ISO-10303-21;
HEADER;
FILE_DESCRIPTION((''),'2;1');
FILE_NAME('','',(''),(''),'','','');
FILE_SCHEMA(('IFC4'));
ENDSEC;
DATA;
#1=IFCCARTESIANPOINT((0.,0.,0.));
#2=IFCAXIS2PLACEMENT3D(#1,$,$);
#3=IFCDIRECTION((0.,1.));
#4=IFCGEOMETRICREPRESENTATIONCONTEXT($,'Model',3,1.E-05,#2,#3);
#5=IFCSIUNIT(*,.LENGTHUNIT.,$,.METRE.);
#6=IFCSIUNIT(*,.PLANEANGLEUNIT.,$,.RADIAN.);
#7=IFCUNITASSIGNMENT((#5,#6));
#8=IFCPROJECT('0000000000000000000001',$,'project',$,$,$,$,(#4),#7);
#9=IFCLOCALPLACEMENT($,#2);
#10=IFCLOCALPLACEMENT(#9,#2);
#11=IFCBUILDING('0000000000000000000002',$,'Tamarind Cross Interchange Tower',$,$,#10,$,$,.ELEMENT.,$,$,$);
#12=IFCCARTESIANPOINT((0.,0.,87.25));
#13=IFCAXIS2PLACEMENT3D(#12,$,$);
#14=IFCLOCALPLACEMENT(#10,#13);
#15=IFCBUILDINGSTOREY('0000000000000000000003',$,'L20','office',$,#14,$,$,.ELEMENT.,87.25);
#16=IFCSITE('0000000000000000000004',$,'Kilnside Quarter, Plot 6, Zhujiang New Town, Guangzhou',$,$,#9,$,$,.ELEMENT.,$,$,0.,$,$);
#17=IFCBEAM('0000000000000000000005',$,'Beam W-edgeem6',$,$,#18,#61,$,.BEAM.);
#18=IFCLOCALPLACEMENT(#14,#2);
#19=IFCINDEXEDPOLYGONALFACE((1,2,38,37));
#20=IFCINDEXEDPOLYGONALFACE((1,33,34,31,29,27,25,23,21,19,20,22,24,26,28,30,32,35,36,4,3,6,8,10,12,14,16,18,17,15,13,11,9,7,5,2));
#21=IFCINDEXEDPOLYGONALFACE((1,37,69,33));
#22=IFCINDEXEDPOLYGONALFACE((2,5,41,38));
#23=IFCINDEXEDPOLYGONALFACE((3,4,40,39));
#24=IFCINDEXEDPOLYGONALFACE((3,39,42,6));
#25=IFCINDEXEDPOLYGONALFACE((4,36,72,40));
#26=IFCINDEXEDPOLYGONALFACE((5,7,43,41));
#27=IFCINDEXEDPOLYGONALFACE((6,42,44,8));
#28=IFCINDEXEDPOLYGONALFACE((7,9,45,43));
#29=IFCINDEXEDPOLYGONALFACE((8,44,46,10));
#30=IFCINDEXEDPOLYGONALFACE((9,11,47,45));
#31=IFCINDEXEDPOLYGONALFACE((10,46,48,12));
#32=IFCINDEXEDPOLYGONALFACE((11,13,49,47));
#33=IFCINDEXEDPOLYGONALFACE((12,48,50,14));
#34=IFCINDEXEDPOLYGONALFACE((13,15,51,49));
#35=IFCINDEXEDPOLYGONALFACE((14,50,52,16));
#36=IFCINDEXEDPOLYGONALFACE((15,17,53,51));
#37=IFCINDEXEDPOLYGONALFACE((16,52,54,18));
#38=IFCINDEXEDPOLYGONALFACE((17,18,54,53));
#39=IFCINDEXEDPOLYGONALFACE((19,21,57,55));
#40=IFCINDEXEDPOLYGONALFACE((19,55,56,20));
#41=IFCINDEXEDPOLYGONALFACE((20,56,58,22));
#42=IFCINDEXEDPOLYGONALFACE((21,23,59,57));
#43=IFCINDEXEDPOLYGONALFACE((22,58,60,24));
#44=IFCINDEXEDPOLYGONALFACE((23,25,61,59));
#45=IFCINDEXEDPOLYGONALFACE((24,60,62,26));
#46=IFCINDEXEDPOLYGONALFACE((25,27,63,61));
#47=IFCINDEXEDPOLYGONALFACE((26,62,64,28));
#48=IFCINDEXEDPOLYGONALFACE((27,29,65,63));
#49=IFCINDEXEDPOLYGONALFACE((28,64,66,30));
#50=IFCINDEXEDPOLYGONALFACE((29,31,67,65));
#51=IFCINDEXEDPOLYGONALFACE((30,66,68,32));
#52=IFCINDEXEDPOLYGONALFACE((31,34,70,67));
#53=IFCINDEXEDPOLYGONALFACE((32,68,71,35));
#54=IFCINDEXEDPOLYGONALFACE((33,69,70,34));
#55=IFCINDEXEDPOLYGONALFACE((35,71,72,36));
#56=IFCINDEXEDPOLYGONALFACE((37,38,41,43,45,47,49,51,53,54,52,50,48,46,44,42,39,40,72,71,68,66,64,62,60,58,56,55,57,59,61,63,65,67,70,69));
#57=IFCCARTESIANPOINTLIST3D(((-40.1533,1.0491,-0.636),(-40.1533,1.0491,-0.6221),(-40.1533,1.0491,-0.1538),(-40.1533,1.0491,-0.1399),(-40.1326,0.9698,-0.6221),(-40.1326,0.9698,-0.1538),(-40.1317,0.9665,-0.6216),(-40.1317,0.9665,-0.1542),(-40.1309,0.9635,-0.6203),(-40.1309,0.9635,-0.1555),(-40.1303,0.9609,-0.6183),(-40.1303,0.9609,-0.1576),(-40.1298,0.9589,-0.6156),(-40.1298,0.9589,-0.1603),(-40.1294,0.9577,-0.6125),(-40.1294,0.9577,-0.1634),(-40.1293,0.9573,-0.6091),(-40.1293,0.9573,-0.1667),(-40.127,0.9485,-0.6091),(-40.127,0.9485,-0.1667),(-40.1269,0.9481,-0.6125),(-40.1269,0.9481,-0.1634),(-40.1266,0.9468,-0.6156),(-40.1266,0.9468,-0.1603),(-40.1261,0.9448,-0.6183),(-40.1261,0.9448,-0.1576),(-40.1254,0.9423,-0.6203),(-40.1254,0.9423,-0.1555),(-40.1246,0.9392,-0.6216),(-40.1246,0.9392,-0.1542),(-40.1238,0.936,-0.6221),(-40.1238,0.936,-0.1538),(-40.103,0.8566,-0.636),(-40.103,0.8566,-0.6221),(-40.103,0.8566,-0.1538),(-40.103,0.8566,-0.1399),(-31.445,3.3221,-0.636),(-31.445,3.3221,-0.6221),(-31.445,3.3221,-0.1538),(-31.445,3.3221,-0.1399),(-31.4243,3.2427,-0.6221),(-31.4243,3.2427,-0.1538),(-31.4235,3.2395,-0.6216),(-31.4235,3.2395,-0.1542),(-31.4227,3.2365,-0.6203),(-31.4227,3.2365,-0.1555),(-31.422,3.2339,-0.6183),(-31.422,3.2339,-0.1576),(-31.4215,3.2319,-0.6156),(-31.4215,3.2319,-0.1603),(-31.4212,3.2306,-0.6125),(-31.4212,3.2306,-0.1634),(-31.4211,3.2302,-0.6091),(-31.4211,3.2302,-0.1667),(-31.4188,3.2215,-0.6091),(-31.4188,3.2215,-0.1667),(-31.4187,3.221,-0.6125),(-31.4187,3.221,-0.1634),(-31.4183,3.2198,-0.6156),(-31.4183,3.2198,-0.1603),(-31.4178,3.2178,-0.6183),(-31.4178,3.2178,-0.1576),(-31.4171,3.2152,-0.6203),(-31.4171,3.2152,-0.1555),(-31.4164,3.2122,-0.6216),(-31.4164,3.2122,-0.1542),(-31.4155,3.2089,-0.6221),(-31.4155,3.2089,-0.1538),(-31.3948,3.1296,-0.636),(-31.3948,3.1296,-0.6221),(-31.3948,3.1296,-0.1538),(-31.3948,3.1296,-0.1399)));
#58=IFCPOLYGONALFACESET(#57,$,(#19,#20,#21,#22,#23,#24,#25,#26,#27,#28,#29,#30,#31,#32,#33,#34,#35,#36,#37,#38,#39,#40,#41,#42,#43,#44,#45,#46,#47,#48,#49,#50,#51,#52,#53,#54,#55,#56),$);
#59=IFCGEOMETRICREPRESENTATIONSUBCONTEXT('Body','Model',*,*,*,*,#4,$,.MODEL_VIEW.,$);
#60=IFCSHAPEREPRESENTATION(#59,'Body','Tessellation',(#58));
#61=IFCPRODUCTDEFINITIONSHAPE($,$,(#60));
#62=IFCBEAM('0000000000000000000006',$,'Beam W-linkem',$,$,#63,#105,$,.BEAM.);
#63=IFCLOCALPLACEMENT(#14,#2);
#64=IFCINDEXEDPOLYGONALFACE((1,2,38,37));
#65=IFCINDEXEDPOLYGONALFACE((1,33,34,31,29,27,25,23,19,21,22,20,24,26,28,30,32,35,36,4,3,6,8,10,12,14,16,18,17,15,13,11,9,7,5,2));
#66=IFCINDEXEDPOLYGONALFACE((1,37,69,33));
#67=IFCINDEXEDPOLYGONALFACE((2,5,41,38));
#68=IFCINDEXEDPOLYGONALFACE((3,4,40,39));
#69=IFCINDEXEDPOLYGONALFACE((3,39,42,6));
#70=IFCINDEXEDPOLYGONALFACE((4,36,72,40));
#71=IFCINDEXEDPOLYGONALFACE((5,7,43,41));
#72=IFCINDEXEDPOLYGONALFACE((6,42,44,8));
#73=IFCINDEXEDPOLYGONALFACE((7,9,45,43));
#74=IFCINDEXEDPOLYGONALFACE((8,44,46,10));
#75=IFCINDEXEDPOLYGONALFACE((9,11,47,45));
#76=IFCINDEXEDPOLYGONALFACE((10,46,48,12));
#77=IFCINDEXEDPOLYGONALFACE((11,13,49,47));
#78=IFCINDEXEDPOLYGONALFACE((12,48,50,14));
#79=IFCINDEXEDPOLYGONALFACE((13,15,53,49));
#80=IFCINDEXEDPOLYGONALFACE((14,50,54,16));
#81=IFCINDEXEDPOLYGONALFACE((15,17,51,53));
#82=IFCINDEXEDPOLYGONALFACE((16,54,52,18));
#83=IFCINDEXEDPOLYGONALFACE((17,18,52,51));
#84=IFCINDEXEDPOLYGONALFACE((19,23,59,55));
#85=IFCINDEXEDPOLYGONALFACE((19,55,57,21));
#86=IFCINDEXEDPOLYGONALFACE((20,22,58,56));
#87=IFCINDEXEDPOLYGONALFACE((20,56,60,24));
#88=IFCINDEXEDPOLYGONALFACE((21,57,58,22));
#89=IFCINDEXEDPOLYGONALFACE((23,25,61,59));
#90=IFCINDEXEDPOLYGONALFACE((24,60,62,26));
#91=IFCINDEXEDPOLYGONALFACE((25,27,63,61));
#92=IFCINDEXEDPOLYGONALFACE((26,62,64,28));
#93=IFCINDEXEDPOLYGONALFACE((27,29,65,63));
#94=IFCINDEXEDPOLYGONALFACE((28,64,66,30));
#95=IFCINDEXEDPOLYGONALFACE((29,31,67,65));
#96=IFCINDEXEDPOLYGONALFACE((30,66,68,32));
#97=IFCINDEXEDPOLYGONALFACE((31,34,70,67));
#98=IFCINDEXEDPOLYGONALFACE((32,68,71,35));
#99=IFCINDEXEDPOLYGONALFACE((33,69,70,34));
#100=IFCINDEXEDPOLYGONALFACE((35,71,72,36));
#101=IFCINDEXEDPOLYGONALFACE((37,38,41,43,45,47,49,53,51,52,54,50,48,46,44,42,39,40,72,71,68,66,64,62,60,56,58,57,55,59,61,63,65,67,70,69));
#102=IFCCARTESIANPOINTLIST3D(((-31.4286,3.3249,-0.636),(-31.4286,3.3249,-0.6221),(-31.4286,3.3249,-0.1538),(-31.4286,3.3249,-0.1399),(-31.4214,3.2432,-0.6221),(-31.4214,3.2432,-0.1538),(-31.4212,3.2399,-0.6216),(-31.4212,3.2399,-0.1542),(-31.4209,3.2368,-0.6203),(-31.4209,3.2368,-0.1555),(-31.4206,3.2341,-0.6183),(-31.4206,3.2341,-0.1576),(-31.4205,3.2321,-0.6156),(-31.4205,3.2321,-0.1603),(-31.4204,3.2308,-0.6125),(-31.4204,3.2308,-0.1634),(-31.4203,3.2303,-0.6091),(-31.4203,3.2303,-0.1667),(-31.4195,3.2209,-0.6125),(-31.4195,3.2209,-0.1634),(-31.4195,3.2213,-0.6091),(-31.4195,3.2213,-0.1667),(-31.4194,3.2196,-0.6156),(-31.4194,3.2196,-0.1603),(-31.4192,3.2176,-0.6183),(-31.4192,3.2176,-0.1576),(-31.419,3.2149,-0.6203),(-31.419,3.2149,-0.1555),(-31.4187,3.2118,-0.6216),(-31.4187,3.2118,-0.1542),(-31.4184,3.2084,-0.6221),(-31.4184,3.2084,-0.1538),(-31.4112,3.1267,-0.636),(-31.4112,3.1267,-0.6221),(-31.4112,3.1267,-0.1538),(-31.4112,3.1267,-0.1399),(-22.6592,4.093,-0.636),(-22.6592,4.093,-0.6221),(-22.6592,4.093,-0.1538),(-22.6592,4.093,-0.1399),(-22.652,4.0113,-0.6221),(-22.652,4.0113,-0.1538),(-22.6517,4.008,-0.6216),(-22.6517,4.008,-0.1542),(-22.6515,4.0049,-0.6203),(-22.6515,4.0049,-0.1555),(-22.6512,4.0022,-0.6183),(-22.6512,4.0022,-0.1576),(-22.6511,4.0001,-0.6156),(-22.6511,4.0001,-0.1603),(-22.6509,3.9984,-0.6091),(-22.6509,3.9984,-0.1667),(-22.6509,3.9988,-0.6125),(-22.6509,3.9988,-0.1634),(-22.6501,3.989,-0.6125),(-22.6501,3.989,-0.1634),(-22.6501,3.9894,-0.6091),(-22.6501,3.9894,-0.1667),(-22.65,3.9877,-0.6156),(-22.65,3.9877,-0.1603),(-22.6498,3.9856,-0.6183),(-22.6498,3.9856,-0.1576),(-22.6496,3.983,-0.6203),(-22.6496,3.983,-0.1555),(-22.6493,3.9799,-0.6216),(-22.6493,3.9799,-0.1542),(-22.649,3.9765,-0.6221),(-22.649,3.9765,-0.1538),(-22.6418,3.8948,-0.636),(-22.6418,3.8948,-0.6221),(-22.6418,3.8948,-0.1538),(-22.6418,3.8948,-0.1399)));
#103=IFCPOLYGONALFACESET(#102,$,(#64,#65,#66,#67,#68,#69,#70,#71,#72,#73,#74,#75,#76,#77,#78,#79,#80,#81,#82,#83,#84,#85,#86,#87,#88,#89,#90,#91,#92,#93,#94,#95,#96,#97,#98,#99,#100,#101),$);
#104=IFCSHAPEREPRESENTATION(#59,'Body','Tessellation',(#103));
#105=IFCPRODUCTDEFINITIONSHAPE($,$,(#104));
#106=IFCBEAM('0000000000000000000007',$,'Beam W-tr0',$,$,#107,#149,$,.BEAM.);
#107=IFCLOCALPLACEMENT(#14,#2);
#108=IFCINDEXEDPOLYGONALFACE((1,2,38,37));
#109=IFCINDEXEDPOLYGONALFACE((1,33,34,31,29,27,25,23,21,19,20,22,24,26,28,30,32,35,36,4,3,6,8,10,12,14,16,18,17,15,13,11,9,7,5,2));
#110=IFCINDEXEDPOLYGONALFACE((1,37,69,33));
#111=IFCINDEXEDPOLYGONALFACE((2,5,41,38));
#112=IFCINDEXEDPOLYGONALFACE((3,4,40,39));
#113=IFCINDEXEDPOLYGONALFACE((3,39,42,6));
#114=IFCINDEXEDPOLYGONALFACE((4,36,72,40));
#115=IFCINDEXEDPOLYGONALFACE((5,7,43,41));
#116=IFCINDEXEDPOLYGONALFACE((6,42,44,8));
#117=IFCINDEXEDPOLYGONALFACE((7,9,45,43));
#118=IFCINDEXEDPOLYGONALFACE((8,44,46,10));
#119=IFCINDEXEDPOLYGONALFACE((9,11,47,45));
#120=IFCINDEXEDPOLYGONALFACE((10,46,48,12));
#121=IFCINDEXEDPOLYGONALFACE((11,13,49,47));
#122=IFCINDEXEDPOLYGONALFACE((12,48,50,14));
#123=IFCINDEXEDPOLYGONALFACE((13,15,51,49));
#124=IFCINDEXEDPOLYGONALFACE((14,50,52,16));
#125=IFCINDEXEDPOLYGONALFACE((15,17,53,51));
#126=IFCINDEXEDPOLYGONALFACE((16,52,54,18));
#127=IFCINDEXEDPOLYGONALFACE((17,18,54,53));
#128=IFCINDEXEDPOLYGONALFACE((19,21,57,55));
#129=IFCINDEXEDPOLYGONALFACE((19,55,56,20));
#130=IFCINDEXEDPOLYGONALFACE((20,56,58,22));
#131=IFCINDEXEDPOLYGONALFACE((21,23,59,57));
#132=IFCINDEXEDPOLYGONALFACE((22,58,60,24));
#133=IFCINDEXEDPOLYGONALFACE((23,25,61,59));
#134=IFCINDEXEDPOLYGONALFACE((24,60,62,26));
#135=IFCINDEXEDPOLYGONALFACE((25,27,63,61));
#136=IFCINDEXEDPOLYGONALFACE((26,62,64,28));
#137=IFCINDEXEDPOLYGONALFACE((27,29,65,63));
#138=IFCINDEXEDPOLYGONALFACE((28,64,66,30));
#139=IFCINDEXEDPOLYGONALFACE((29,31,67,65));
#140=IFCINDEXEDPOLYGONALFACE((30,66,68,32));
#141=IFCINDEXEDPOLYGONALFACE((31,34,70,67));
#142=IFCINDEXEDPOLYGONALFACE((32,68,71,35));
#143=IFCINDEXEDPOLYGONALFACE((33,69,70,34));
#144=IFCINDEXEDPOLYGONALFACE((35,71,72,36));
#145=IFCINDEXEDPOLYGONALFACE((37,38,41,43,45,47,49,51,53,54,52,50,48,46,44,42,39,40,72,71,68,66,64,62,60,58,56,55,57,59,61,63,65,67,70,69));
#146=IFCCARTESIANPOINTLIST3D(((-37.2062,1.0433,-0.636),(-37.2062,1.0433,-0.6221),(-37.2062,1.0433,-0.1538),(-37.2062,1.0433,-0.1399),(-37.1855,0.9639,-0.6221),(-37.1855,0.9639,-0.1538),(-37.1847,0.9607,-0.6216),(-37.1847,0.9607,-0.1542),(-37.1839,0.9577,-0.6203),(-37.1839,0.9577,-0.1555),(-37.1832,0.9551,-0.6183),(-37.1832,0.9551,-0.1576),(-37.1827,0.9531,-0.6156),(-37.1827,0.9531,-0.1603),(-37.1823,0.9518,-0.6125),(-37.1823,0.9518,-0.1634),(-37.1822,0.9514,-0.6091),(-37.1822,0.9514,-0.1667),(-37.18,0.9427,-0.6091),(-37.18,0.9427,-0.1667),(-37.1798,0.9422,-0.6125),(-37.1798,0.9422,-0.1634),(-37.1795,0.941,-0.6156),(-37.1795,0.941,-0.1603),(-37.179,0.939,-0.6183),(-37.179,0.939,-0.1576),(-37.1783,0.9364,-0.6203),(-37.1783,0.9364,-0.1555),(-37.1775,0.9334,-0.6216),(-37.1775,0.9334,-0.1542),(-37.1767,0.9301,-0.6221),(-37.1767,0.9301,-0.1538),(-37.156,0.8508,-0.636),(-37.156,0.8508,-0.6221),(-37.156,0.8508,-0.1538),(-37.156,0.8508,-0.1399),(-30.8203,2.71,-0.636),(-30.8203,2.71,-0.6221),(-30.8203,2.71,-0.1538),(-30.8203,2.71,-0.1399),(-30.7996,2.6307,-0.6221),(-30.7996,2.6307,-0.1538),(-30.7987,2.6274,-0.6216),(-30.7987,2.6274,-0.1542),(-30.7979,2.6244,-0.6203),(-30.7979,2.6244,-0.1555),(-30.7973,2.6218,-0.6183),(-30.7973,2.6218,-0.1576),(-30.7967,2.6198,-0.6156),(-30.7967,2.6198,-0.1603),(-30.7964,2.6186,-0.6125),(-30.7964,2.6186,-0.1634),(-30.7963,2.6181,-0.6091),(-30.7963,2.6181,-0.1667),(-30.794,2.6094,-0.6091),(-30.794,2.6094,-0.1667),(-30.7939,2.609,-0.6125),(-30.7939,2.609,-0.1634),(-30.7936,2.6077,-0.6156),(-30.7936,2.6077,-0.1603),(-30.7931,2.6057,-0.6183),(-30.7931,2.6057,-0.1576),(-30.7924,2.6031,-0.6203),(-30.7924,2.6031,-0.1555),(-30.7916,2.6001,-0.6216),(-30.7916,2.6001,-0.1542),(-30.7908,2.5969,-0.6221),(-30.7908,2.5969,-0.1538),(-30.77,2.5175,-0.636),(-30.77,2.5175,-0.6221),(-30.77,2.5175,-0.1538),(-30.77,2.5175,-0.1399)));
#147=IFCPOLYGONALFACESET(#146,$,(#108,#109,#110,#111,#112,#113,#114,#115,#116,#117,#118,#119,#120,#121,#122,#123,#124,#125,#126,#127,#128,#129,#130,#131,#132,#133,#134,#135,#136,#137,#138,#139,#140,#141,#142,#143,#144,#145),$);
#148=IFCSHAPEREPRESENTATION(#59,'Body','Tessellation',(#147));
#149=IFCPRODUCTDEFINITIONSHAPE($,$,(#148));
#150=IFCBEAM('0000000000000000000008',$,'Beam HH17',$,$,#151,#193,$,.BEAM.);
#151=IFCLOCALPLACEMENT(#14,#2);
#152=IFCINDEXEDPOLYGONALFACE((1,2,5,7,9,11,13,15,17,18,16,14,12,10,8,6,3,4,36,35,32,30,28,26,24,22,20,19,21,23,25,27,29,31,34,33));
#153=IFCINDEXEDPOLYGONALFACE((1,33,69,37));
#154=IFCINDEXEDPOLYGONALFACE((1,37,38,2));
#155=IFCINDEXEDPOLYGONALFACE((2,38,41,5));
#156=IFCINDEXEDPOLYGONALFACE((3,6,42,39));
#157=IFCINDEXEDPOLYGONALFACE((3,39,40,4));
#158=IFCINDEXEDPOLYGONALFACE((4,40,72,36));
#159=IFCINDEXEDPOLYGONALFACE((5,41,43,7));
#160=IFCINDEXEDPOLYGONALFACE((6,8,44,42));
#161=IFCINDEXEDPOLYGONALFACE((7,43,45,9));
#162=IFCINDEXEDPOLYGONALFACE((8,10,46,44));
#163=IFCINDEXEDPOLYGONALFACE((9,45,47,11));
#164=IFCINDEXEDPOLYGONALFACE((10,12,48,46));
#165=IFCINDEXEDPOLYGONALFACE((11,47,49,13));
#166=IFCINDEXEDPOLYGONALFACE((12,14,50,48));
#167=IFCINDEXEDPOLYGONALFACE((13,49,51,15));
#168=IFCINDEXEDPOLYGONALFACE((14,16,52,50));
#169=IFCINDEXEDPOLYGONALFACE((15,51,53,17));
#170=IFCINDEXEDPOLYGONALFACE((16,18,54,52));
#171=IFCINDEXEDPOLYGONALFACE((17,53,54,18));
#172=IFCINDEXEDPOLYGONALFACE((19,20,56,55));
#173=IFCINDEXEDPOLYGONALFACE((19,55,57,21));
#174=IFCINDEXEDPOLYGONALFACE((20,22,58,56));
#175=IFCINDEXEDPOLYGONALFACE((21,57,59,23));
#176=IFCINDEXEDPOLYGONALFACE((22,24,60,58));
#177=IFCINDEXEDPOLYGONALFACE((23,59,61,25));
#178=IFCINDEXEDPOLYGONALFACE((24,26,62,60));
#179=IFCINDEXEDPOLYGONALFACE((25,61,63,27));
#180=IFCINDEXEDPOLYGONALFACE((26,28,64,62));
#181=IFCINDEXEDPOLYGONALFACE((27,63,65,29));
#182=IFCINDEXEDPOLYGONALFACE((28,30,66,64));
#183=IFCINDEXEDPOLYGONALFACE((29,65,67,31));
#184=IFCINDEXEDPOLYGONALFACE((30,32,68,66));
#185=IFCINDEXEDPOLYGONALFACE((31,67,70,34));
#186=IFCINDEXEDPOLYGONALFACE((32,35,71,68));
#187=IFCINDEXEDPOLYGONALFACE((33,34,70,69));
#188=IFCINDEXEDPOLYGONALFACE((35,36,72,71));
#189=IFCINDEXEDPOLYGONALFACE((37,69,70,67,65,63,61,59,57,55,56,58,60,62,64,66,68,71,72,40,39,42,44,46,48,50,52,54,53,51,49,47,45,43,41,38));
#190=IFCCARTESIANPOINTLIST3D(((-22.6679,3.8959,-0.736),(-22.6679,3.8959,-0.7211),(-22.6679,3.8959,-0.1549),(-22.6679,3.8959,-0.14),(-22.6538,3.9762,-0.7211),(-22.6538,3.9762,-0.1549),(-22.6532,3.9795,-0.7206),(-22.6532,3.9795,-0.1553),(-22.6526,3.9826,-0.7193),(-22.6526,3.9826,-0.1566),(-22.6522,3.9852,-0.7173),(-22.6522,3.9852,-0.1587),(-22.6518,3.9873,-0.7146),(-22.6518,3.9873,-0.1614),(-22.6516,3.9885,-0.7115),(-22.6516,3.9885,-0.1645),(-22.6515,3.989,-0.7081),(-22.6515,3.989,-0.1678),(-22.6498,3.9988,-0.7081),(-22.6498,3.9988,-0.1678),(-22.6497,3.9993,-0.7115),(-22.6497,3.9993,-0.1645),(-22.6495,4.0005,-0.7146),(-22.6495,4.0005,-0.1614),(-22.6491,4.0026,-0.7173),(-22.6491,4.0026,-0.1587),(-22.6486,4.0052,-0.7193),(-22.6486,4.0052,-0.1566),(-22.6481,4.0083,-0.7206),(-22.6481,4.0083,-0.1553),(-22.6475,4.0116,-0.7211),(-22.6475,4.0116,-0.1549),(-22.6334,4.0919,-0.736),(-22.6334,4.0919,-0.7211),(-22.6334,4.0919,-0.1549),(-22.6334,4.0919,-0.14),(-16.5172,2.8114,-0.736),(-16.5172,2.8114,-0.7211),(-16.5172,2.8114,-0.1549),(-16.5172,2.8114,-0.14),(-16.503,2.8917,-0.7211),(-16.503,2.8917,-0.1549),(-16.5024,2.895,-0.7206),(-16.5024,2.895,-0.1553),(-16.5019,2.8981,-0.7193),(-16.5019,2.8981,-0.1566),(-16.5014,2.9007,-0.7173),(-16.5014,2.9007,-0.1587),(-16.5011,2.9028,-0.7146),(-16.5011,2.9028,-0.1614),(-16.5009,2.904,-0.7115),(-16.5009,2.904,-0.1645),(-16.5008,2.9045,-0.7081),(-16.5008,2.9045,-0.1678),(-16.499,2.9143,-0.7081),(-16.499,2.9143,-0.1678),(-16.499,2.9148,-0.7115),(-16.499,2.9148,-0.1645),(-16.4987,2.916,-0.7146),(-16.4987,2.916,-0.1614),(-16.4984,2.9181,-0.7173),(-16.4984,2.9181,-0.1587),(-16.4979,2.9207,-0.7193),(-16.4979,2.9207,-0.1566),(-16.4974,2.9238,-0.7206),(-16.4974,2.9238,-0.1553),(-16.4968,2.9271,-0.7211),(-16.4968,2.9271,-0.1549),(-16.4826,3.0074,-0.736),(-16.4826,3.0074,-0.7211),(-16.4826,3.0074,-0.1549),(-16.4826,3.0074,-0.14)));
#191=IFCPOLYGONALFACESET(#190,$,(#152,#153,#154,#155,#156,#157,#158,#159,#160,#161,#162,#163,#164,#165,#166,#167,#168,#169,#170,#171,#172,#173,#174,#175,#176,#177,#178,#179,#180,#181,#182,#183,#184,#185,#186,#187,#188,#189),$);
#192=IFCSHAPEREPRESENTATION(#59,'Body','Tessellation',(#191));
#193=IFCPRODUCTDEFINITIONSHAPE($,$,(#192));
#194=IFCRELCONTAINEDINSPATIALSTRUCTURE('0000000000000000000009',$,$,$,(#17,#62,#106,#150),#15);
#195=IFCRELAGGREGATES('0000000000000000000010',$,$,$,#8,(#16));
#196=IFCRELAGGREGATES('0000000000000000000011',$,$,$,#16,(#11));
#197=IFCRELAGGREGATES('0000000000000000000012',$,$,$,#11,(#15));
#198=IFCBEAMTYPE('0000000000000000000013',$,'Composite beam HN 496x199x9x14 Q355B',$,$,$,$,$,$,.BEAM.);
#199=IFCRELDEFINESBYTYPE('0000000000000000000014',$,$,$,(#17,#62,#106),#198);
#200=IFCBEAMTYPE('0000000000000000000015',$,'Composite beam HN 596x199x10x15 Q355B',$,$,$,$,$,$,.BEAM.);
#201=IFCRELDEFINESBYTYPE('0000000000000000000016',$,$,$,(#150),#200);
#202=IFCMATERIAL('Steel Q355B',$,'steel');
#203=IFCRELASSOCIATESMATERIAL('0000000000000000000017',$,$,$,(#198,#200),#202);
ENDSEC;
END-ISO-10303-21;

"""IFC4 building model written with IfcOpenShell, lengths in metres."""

from ifc_helpers import new_model, si_unit, direction, frame, origin, origin_2d, place, context, subcontext, project, spatial, i_section, extrude, material, material_profile, profile_set, type_object, element, save


model = new_model("IFC4")

# Units and contexts
model_context = context("Model", 3, precision=1e-05, world=origin(), true_north=direction((0.0, 1.0)))
body_context = subcontext(model_context, "Body", "Model", "MODEL_VIEW")
ifc_project = project(units=[si_unit("LENGTHUNIT", "METRE"), si_unit("PLANEANGLEUNIT", "RADIAN")], contexts=[model_context])

# Site, building, storey
site_placement = place(None, origin())
site = spatial("IfcSite", under=ifc_project, at=site_placement, Name="Kilnside Quarter, Plot 6, Zhujiang New Town, Guangzhou", CompositionType="ELEMENT", RefElevation=0.0)
building_placement = place(site_placement, origin())
building = spatial("IfcBuilding", under=site, at=building_placement, Name="Tamarind Cross Interchange Tower", CompositionType="ELEMENT")
storey_placement = place(building_placement, frame((0.0, 0.0, 87.25)))
storey = spatial("IfcBuildingStorey", under=building, at=storey_placement, Name="L20", Description="office", CompositionType="ELEMENT", Elevation=87.25)

# Beams
ifc_material_1 = material(Name="Steel Q355B", Category="steel")
ifc_material_profile_1 = material_profile(ifc_material_1, i_section(OverallWidth=0.199, OverallDepth=0.4961, WebThickness=0.009, FlangeThickness=0.0139, FilletRadius=0.0129, at=origin_2d()), Name="HN 496x199x9x14")
ifc_profile_set_1 = profile_set([ifc_material_profile_1], Name="Steel Q355B")
beam_type_1 = type_object("IfcBeamType", Name="Composite beam HN 496x199x9x14 Q355B", PredefinedType="BEAM", material=ifc_profile_set_1)
beam_1_placement = place(storey_placement, frame((-40.1282, 0.9529, -0.3879), z_axis=(0.967584, 0.25255, 0.0), x_axis=(-0.25255, 0.967584, 0.0)))
element("IfcBeam", 1, at=beam_1_placement, inside=storey, type_object=beam_type_1, Name="Beam W-edgeem6", PredefinedType="BEAM", context=body_context, shape_type="SweptSolid", body=[
    extrude(i_section(OverallWidth=0.199, OverallDepth=0.4961, WebThickness=0.009, FlangeThickness=0.0139, FilletRadius=0.0129, at=origin_2d()), origin(), (0.0, 0.0, 1.0), 9.0),
])
beam_2_placement = place(storey_placement, frame((-31.4199, 3.2258, -0.3879), z_axis=(0.996186, 0.087252, 0.0), x_axis=(-0.087252, 0.996186, 0.0)))
element("IfcBeam", 2, at=beam_2_placement, inside=storey, type_object=beam_type_1, Name="Beam W-linkem", PredefinedType="BEAM", context=body_context, shape_type="SweptSolid", body=[
    extrude(i_section(OverallWidth=0.199, OverallDepth=0.4961, WebThickness=0.009, FlangeThickness=0.0139, FilletRadius=0.0129, at=origin_2d()), origin(), (0.0, 0.0, 1.0), 8.803),
])
beam_3_placement = place(storey_placement, frame((-30.7952, 2.6138, -0.3879), z_axis=(-0.967586, -0.252541, 0.0), x_axis=(0.252541, -0.967586, 0.0)))
element("IfcBeam", 3, at=beam_3_placement, inside=storey, type_object=beam_type_1, Name="Beam W-tr0", PredefinedType="BEAM", context=body_context, shape_type="SweptSolid", body=[
    extrude(i_section(OverallWidth=0.199, OverallDepth=0.4961, WebThickness=0.009, FlangeThickness=0.0139, FilletRadius=0.0129, at=origin_2d()), origin(), (0.0, 0.0, 1.0), 6.5999),
])
ifc_material_profile_2 = material_profile(ifc_material_1, i_section(OverallWidth=0.199, OverallDepth=0.5959, WebThickness=0.01, FlangeThickness=0.0149, FilletRadius=0.0129, at=origin_2d()), Name="HN 596x199x10x15")
ifc_profile_set_2 = profile_set([ifc_material_profile_2], Name="Steel Q355B")
beam_type_2 = type_object("IfcBeamType", Name="Composite beam HN 596x199x10x15 Q355B", PredefinedType="BEAM", material=ifc_profile_set_2)
beam_4_placement = place(storey_placement, frame((-22.6506, 3.9939, -0.438), z_axis=(0.984809, -0.17364, 0.0), x_axis=(0.17364, 0.984809, 0.0)))
element("IfcBeam", 4, at=beam_4_placement, inside=storey, type_object=beam_type_2, Name="Beam HH17", PredefinedType="BEAM", context=body_context, shape_type="SweptSolid", body=[
    extrude(i_section(OverallWidth=0.199, OverallDepth=0.5959, WebThickness=0.01, FlangeThickness=0.0149, FilletRadius=0.0129, at=origin_2d()), origin(), (0.0, 0.0, 1.0), 6.2456),
])

save(model, "model.ifc")
